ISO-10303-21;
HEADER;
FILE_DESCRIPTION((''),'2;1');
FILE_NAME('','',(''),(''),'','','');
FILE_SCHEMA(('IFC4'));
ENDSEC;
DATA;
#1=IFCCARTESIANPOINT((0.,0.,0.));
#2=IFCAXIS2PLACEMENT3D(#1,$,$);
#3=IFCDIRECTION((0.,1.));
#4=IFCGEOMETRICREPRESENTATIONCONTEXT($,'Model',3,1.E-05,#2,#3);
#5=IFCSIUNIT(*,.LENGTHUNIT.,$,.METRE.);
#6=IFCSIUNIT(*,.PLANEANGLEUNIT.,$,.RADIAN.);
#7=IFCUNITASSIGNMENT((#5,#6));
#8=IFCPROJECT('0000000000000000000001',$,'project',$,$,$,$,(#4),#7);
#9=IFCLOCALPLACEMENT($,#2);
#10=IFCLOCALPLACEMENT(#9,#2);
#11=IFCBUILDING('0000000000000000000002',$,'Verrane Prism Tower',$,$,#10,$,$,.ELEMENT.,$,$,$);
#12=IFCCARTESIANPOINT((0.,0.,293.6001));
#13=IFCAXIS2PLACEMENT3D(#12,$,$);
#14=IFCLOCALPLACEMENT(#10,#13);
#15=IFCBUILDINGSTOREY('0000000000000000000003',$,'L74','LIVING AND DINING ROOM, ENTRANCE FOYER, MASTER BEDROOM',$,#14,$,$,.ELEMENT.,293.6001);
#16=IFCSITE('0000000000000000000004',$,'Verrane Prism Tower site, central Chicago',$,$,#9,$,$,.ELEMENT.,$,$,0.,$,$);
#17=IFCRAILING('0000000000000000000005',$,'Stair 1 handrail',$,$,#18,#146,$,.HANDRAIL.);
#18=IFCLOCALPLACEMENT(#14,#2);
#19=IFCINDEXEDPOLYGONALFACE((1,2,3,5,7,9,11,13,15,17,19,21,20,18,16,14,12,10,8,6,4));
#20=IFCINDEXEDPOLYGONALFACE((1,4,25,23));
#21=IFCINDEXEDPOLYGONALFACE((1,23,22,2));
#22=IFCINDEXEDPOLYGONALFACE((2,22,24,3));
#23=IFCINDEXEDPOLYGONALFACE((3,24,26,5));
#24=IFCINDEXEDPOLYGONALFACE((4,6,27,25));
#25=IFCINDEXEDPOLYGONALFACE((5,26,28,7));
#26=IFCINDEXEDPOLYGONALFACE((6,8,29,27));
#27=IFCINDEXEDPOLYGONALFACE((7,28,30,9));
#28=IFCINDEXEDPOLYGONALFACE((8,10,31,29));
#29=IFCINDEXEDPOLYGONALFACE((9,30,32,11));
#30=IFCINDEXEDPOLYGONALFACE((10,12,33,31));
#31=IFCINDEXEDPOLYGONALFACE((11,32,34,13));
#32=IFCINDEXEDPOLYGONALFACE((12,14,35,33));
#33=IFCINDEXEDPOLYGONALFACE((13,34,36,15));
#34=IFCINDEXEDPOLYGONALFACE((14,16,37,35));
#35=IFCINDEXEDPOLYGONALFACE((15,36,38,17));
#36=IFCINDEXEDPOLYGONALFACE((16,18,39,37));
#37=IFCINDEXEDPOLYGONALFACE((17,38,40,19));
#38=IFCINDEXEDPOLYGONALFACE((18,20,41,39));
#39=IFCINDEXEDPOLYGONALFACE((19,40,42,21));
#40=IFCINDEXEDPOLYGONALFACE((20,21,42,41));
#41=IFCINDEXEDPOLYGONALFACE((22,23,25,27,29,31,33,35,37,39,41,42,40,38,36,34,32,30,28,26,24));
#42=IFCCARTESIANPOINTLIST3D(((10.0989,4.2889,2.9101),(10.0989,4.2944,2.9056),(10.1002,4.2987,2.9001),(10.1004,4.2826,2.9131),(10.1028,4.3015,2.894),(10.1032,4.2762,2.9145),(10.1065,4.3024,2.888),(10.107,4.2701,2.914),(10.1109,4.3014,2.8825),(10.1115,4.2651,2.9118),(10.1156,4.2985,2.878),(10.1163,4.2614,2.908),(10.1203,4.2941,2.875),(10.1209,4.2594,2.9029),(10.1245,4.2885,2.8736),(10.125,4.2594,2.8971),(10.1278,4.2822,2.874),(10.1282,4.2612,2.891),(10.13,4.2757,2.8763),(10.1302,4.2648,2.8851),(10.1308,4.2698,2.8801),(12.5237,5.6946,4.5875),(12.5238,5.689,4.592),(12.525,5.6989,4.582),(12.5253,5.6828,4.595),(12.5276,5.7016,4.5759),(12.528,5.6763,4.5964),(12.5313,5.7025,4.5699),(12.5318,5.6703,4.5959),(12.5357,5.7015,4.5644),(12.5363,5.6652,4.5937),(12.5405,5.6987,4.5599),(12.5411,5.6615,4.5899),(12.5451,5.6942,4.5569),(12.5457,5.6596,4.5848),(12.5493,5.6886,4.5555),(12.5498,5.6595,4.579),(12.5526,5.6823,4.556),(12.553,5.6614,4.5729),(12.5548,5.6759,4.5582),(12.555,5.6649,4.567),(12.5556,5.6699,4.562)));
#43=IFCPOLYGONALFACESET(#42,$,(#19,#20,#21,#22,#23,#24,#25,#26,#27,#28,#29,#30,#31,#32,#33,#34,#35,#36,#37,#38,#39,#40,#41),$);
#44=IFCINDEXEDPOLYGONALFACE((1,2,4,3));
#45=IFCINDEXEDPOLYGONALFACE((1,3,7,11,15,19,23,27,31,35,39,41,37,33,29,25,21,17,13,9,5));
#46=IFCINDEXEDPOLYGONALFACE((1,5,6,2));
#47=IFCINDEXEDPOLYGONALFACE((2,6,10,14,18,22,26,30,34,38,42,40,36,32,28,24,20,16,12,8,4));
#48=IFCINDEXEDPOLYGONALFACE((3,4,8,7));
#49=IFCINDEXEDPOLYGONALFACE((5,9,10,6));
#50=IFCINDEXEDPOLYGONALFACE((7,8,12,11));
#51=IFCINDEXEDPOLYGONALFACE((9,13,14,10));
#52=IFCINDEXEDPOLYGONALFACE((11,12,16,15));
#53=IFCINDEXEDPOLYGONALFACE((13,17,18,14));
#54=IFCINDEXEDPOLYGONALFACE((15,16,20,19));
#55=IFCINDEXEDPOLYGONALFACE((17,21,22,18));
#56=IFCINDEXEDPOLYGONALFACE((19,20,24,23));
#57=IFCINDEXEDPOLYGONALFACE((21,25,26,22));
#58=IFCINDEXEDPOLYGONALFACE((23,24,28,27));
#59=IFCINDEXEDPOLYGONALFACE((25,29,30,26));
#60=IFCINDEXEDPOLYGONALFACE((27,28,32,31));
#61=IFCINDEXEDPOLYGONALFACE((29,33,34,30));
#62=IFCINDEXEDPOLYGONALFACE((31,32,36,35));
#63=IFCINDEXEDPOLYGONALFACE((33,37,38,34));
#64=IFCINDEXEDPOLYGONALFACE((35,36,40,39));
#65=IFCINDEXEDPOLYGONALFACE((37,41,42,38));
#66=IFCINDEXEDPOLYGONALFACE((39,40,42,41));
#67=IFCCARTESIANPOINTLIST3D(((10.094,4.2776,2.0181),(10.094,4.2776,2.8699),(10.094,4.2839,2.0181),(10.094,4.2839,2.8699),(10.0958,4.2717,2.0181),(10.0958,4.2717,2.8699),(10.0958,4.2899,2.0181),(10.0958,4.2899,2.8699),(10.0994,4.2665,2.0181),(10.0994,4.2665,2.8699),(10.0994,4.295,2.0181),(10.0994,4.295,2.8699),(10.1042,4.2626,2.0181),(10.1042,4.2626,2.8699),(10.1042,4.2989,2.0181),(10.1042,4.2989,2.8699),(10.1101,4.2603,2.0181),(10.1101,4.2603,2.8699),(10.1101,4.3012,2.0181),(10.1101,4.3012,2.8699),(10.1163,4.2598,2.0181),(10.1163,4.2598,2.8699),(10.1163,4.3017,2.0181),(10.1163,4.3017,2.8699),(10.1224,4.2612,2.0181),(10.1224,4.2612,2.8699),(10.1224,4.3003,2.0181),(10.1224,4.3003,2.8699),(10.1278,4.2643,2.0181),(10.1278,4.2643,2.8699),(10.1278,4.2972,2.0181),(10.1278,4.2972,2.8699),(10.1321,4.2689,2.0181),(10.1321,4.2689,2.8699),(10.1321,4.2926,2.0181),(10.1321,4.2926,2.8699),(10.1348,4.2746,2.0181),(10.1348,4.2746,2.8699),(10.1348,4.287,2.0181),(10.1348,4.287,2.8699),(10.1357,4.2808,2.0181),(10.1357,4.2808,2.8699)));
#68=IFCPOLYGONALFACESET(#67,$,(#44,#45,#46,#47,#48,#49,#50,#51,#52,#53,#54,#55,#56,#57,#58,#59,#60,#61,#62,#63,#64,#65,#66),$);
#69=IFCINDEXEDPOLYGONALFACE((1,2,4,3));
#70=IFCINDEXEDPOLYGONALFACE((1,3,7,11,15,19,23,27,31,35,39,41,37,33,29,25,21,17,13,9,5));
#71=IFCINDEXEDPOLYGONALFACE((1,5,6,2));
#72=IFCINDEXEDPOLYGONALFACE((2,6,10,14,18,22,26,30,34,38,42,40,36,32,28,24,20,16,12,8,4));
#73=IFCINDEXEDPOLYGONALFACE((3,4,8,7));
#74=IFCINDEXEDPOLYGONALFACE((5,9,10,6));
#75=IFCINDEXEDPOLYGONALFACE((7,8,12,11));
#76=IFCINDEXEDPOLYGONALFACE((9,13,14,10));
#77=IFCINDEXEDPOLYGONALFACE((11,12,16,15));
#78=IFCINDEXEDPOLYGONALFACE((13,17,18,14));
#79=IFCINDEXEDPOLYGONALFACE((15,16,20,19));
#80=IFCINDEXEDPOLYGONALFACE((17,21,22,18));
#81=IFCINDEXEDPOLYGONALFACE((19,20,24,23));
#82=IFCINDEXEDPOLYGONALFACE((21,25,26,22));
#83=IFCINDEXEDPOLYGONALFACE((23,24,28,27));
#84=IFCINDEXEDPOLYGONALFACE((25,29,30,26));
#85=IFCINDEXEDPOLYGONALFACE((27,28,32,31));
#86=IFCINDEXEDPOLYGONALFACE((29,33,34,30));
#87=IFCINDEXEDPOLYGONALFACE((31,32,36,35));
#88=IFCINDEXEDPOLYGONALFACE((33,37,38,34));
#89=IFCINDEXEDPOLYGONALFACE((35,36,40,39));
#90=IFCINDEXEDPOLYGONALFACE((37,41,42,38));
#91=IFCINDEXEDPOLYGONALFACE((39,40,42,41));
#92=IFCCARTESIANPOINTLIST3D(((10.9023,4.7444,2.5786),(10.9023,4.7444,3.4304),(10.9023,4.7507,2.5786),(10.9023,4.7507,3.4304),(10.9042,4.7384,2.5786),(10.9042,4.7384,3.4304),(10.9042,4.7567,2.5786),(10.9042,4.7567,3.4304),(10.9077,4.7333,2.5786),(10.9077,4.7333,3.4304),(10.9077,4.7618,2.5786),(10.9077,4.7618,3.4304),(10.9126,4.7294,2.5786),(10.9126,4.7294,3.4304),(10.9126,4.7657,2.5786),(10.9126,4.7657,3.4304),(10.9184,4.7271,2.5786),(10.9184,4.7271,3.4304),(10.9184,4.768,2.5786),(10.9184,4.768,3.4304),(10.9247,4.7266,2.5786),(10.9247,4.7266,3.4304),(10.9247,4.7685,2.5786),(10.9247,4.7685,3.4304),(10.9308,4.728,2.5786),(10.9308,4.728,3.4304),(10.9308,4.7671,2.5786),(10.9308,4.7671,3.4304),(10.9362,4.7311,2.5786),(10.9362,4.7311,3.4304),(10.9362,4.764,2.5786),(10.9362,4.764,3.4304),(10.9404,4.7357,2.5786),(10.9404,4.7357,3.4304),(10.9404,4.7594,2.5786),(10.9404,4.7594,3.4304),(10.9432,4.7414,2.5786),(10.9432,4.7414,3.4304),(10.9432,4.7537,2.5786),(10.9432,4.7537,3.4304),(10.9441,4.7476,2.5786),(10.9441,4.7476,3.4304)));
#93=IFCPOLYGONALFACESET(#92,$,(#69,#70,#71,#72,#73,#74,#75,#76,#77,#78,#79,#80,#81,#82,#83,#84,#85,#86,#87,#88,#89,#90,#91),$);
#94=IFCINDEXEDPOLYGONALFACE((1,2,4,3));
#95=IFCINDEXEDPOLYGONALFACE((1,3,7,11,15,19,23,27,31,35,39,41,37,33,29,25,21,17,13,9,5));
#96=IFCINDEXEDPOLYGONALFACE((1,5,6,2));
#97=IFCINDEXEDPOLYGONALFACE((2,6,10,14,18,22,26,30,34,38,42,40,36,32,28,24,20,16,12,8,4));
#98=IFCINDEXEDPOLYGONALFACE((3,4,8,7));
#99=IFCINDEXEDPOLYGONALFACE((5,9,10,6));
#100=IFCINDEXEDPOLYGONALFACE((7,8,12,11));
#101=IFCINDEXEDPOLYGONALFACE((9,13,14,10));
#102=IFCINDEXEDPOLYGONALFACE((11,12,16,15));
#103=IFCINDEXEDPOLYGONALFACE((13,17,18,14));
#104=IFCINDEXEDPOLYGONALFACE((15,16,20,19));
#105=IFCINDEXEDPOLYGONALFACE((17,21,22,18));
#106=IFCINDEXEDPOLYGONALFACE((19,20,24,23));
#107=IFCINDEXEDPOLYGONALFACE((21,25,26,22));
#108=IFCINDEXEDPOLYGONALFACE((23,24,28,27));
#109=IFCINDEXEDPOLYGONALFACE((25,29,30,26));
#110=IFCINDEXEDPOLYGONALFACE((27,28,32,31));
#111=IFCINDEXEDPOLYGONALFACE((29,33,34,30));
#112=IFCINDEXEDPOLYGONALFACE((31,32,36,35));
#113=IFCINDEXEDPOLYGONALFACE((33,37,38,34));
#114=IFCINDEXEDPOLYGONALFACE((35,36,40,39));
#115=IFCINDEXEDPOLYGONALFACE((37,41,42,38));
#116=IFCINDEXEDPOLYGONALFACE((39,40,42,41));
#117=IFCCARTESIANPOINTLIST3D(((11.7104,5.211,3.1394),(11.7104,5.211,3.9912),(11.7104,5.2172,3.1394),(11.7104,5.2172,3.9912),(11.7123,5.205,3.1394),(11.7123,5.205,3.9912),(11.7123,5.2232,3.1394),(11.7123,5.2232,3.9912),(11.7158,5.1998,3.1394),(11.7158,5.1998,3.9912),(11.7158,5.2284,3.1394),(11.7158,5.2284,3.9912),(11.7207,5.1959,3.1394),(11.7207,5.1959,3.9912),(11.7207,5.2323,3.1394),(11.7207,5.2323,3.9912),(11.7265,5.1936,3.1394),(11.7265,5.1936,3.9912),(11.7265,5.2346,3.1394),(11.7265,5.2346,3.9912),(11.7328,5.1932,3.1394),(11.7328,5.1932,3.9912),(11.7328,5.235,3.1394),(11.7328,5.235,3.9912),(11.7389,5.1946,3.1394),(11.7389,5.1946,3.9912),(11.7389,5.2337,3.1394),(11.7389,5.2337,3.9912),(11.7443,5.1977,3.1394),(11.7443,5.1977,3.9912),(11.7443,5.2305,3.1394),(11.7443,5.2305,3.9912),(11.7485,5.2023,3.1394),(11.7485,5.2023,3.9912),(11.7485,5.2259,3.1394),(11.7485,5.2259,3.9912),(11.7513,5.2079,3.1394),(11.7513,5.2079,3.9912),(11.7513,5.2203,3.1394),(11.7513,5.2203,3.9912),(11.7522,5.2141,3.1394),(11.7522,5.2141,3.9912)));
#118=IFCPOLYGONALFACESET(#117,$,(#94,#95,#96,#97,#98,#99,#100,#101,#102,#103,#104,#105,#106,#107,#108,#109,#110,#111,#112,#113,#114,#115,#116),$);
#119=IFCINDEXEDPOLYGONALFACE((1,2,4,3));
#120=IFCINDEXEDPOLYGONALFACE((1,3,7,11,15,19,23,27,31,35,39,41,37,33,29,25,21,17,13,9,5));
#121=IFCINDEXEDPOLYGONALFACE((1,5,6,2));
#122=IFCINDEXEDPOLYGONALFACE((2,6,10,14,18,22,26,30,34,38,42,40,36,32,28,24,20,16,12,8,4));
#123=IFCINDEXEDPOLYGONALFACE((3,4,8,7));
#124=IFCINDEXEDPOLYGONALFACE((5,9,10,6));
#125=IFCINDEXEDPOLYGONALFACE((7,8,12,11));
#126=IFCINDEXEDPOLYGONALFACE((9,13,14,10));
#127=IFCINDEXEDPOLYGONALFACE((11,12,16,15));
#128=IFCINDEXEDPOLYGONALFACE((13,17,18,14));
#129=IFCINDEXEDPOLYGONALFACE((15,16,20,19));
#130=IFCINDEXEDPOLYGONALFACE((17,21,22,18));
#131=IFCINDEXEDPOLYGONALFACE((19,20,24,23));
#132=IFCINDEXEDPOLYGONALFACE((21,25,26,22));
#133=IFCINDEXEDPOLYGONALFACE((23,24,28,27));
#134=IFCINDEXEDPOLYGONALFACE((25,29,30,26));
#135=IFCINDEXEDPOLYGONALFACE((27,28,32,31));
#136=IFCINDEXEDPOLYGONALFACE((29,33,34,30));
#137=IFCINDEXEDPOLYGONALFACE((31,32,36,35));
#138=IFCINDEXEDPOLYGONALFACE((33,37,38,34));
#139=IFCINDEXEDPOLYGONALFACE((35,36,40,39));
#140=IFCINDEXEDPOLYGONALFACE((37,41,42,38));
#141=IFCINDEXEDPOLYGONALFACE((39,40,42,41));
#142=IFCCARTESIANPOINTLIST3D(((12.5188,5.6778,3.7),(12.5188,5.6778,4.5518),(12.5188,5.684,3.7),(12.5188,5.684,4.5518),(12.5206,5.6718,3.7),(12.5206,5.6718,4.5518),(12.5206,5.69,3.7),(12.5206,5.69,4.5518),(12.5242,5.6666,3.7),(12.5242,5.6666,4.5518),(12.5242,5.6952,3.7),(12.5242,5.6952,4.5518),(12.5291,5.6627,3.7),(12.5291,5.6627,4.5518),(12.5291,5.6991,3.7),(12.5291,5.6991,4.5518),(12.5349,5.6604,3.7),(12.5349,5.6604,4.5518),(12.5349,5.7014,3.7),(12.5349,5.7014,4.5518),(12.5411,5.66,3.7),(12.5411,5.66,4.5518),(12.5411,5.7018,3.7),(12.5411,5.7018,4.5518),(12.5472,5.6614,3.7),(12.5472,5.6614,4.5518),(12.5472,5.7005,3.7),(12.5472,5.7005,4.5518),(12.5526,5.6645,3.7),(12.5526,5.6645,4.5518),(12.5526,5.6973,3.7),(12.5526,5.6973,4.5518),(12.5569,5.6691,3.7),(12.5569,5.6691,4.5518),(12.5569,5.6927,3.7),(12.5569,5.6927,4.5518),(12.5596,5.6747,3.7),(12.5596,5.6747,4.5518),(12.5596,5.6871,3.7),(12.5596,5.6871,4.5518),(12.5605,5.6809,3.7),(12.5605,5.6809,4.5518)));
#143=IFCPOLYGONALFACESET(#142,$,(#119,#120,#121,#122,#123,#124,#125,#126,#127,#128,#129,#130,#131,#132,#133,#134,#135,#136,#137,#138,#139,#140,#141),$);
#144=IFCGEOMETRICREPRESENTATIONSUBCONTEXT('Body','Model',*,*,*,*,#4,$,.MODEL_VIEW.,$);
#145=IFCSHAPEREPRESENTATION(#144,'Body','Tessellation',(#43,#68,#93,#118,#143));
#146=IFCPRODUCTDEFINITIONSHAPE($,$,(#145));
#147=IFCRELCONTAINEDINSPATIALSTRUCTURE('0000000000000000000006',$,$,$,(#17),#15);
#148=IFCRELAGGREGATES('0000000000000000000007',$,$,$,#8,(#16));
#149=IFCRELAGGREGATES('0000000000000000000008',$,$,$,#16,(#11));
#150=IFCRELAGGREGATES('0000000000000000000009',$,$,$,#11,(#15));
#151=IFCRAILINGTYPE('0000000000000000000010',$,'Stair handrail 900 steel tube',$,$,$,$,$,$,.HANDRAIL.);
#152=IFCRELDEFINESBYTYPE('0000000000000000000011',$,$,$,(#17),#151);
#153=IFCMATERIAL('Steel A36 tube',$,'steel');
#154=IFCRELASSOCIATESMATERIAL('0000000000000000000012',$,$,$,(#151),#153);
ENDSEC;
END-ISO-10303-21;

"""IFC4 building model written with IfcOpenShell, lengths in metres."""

from ifc_helpers import new_model, si_unit, direction, frame, origin, origin_2d, place, context, subcontext, project, spatial, circle, extrude, material, type_object, element, save


model = new_model("IFC4")

# Units and contexts
model_context = context("Model", 3, precision=1e-05, world=origin(), true_north=direction((0.0, 1.0)))
body_context = subcontext(model_context, "Body", "Model", "MODEL_VIEW")
ifc_project = project(units=[si_unit("LENGTHUNIT", "METRE"), si_unit("PLANEANGLEUNIT", "RADIAN")], contexts=[model_context])

# Site, building, storey
site_placement = place(None, origin())
site = spatial("IfcSite", under=ifc_project, at=site_placement, Name="Verrane Prism Tower site, central Chicago", CompositionType="ELEMENT", RefElevation=0.0)
building_placement = place(site_placement, origin())
building = spatial("IfcBuilding", under=site, at=building_placement, Name="Verrane Prism Tower", CompositionType="ELEMENT")
storey_placement = place(building_placement, frame((0.0, 0.0, 293.6001)))
storey = spatial("IfcBuildingStorey", under=building, at=storey_placement, Name="L74", Description="LIVING AND DINING ROOM, ENTRANCE FOYER, MASTER BEDROOM", CompositionType="ELEMENT", Elevation=293.6001)

# Railing
ifc_material_1 = material(Name="Steel A36 tube", Category="steel")
railing_type = type_object("IfcRailingType", Name="Stair handrail 900 steel tube", PredefinedType="HANDRAIL", material=ifc_material_1)
railing_placement = place(storey_placement, frame((10.1147, 4.2808, 2.0181)))
element("IfcRailing", 1, at=railing_placement, inside=storey, type_object=railing_type, Name="Stair 1 handrail", PredefinedType="HANDRAIL", context=body_context, shape_type="SweptSolid", body=[
    extrude(circle(Radius=0.0239, at=origin_2d()), frame((0.0, 0.0, 0.876), z_axis=(0.742367, 0.428662, 0.514918), x_axis=(-0.50005, 0.865997, 0.0)), (0.0, 0.0, 1.0), 3.2664),
    extrude(circle(Radius=0.021, at=origin_2d()), origin(), (0.0, 0.0, 1.0), 0.8518),
    extrude(circle(Radius=0.021, at=origin_2d()), frame((0.8083, 0.4668, 0.5605)), (0.0, 0.0, 1.0), 0.8518),
    extrude(circle(Radius=0.021, at=origin_2d()), frame((1.6165, 0.9333, 1.1213)), (0.0, 0.0, 1.0), 0.8518),
    extrude(circle(Radius=0.021, at=origin_2d()), frame((2.4248, 1.4001, 1.6819)), (0.0, 0.0, 1.0), 0.8518),
])

save(model, "model.ifc")
